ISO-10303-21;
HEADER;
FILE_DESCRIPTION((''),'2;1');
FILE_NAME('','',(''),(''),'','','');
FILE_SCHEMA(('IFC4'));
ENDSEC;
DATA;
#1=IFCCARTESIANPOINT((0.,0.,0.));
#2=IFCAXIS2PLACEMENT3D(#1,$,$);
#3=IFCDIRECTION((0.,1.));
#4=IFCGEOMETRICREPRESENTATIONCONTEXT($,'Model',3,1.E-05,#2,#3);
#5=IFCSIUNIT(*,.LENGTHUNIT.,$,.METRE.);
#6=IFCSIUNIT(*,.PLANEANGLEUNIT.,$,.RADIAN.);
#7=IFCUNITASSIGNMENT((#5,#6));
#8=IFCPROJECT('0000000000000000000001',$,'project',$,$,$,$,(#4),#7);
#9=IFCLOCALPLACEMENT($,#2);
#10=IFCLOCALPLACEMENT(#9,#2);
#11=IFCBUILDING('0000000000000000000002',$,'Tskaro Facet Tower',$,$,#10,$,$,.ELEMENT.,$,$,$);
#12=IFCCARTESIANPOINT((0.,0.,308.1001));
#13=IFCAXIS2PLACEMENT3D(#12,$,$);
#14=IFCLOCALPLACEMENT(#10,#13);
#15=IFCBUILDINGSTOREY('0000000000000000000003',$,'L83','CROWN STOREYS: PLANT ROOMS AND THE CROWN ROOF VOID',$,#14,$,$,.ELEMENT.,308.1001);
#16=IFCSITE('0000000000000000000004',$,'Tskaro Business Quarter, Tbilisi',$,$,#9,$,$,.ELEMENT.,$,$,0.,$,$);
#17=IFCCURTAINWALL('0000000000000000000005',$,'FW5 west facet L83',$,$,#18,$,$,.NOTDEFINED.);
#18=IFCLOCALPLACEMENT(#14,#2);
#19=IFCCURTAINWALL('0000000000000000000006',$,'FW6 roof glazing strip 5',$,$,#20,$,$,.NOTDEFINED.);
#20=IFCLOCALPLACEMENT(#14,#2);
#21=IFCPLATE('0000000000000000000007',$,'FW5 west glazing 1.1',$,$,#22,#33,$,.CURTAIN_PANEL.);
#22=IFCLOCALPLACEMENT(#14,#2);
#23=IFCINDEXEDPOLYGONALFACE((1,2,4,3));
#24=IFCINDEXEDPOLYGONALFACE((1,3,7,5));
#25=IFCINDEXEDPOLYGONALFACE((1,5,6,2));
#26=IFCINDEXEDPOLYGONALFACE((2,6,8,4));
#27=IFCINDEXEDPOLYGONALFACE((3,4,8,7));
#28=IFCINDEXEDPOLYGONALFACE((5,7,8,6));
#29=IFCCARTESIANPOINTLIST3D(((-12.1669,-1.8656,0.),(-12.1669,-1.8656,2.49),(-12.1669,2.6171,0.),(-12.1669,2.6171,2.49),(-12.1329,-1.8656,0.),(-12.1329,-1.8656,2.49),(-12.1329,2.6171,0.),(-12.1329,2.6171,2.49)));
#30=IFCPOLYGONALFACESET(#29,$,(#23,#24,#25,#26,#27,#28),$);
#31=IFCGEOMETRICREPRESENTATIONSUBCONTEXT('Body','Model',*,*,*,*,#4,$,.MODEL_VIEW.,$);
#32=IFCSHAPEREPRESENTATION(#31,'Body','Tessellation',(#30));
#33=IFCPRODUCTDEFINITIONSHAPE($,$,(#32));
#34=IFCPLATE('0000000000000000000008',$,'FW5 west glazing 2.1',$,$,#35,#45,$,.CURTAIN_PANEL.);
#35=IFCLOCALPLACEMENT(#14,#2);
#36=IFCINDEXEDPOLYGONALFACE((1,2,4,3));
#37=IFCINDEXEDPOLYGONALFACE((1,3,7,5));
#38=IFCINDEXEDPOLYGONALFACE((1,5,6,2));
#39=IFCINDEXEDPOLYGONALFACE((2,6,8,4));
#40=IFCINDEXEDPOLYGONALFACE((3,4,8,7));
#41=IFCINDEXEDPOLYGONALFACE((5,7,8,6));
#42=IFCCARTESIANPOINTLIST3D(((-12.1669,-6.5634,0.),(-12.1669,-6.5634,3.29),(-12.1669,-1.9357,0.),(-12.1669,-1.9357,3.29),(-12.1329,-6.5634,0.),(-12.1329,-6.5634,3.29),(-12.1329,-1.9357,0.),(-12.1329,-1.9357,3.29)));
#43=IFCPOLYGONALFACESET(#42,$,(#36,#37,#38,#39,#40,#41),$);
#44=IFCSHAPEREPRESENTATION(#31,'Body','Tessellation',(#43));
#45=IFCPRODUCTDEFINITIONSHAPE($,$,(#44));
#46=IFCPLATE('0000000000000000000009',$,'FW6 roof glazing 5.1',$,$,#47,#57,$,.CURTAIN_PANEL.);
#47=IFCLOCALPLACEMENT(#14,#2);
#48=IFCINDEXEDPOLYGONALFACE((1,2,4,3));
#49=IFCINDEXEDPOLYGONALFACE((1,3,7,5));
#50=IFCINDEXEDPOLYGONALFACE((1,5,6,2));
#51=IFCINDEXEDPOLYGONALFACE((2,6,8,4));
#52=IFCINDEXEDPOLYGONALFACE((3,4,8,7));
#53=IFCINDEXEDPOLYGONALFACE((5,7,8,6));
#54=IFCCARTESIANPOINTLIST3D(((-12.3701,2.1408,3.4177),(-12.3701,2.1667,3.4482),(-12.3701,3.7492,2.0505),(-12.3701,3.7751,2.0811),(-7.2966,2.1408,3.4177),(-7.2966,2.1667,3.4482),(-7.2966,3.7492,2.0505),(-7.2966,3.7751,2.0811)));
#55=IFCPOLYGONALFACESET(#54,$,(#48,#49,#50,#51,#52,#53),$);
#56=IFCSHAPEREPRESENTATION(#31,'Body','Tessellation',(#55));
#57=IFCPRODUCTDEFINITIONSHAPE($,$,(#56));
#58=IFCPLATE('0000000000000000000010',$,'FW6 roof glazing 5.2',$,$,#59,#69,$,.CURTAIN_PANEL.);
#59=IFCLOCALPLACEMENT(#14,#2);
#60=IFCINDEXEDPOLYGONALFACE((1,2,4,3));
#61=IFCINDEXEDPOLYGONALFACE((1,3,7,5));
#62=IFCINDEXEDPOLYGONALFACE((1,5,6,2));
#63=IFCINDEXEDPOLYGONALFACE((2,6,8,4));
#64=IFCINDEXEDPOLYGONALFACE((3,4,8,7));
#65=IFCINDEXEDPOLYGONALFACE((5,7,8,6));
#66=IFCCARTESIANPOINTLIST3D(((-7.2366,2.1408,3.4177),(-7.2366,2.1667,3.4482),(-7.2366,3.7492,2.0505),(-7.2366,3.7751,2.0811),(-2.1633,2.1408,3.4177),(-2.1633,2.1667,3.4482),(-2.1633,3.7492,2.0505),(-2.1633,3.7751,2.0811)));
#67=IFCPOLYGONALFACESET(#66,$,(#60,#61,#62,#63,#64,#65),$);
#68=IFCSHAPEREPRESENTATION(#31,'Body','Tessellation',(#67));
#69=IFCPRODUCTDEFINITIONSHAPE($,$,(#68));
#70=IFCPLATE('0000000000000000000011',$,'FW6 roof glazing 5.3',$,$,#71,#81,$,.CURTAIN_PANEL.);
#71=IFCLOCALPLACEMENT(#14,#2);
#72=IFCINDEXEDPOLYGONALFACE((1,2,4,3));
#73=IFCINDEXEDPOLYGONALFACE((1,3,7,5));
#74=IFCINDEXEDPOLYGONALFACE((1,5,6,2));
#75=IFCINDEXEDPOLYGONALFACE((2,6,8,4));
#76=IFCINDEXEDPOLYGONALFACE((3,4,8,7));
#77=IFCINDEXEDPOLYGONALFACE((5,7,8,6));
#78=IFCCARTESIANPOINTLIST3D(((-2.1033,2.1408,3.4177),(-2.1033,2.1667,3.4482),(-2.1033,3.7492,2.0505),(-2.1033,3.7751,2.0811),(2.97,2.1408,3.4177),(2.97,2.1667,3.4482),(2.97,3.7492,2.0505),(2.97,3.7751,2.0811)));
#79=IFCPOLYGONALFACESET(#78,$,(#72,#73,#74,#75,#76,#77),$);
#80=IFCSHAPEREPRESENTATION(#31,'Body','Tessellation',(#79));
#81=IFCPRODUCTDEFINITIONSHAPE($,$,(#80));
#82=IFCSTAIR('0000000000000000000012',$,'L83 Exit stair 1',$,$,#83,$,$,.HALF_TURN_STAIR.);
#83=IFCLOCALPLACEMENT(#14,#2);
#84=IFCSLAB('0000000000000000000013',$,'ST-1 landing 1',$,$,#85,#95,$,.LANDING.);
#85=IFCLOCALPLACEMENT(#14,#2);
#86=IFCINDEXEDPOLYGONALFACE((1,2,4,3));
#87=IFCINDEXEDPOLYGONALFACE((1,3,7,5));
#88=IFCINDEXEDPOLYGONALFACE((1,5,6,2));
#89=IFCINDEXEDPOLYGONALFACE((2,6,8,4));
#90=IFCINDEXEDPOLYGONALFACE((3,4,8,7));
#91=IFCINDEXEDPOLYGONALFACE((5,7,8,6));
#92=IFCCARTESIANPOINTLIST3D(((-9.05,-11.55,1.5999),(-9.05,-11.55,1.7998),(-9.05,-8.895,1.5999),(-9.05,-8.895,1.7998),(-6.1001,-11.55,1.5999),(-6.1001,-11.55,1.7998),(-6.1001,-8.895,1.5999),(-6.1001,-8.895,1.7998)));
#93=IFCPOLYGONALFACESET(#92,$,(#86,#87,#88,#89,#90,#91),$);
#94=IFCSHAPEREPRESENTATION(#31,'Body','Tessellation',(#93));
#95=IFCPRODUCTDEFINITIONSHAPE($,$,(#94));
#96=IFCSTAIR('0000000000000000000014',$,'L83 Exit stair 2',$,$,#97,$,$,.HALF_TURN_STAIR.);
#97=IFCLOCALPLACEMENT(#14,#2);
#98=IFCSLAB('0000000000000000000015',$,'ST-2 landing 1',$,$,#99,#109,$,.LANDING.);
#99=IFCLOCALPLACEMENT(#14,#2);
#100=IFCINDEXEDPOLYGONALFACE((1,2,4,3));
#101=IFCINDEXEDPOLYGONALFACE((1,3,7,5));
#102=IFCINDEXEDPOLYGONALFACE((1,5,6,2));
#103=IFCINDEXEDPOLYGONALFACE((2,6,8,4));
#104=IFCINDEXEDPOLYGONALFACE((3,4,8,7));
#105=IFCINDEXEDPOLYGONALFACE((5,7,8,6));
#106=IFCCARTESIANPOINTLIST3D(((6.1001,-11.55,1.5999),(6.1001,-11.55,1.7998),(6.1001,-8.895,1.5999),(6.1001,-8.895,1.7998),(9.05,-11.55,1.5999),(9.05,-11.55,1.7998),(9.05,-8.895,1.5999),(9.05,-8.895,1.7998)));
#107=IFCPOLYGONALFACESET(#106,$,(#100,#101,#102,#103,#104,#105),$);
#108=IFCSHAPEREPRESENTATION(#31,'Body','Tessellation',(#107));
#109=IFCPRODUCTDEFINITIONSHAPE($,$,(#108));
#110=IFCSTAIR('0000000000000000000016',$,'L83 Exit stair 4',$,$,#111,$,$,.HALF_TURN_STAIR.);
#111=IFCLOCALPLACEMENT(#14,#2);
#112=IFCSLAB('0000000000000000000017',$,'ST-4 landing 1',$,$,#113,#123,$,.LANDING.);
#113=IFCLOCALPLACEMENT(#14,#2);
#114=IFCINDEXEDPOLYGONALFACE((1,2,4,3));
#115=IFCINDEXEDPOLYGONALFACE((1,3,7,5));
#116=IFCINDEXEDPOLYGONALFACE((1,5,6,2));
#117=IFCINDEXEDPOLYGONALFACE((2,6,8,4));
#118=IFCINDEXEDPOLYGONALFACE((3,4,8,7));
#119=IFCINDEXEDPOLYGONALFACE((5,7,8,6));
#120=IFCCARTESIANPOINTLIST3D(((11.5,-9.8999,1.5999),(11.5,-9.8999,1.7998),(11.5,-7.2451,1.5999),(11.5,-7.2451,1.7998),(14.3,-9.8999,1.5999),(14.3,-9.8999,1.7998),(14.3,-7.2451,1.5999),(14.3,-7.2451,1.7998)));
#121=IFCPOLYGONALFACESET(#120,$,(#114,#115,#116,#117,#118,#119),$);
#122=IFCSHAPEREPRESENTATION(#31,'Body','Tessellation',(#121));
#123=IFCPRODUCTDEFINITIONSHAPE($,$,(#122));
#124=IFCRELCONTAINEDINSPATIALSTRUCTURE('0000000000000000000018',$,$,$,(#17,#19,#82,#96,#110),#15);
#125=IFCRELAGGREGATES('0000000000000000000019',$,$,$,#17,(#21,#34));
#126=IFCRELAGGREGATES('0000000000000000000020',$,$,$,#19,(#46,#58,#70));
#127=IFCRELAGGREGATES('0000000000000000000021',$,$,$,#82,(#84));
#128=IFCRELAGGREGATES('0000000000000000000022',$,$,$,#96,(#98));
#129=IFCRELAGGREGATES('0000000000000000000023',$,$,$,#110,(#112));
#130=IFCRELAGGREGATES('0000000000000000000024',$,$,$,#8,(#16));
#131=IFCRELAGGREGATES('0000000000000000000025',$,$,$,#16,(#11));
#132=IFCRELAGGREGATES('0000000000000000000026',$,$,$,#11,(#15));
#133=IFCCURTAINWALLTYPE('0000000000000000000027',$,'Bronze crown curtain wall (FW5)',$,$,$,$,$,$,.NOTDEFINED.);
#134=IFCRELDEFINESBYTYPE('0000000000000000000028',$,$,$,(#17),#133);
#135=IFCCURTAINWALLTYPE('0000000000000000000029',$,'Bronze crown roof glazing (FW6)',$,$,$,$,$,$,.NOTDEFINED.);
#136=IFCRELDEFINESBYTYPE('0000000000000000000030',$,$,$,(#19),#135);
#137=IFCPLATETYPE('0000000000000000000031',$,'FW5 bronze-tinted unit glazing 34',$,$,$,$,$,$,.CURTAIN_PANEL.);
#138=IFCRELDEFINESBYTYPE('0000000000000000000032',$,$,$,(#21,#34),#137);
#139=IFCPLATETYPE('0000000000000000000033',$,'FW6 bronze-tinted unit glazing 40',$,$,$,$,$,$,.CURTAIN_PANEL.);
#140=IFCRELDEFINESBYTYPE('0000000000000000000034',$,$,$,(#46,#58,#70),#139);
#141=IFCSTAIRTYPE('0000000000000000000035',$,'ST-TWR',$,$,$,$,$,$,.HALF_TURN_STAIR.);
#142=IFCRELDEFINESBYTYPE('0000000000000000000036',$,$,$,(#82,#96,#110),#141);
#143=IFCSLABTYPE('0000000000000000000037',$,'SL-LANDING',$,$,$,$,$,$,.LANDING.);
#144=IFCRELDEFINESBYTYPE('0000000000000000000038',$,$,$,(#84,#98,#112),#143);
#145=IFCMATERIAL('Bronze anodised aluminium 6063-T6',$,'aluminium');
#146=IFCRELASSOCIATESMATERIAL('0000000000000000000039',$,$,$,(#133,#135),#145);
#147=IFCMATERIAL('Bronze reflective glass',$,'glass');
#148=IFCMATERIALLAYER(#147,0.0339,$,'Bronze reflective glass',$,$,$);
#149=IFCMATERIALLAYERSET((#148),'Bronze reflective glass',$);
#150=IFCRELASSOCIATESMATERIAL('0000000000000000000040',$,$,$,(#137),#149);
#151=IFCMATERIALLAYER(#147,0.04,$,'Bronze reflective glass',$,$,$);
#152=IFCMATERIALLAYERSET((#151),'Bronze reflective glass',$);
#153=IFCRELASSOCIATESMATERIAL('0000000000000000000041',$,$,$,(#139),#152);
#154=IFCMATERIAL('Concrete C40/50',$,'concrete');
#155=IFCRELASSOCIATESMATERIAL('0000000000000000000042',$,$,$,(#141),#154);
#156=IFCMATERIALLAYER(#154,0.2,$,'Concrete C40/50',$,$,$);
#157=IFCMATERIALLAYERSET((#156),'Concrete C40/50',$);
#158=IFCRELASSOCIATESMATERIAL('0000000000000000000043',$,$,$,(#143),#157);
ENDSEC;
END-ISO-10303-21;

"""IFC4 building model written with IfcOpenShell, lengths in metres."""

from ifc_helpers import new_model, si_unit, direction, frame, origin, origin_2d, place, context, subcontext, project, spatial, polyline, rectangle, outline, extrude, material, layer, layer_set, type_object, element, aggregate, save


model = new_model("IFC4")

# Units and contexts
model_context = context("Model", 3, precision=1e-05, world=origin(), true_north=direction((0.0, 1.0)))
body_context = subcontext(model_context, "Body", "Model", "MODEL_VIEW")
ifc_project = project(units=[si_unit("LENGTHUNIT", "METRE"), si_unit("PLANEANGLEUNIT", "RADIAN")], contexts=[model_context])

# Site, building, storey
site_placement = place(None, origin())
site = spatial("IfcSite", under=ifc_project, at=site_placement, Name="Tskaro Business Quarter, Tbilisi", CompositionType="ELEMENT", RefElevation=0.0)
building_placement = place(site_placement, origin())
building = spatial("IfcBuilding", under=site, at=building_placement, Name="Tskaro Facet Tower", CompositionType="ELEMENT")
storey_placement = place(building_placement, frame((0.0, 0.0, 308.1001)))
storey = spatial("IfcBuildingStorey", under=building, at=storey_placement, Name="L83", Description="CROWN STOREYS: PLANT ROOMS AND THE CROWN ROOF VOID", CompositionType="ELEMENT", Elevation=308.1001)

# Curtain walls
ifc_material_1 = material(Name="Bronze anodised aluminium 6063-T6", Category="aluminium")
curtain_wall_type_1 = type_object("IfcCurtainWallType", Name="Bronze crown curtain wall (FW5)", PredefinedType="NOTDEFINED", material=ifc_material_1)
curtain_wall_1_placement = place(storey_placement, origin())
curtain_wall_1 = element("IfcCurtainWall", 1, at=curtain_wall_1_placement, inside=storey, type_object=curtain_wall_type_1, Name="FW5 west facet L83", PredefinedType="NOTDEFINED")
curtain_wall_type_2 = type_object("IfcCurtainWallType", Name="Bronze crown roof glazing (FW6)", PredefinedType="NOTDEFINED", material=ifc_material_1)
curtain_wall_2_placement = place(storey_placement, origin())
curtain_wall_2 = element("IfcCurtainWall", 2, at=curtain_wall_2_placement, inside=storey, type_object=curtain_wall_type_2, Name="FW6 roof glazing strip 5", PredefinedType="NOTDEFINED")

# Plates
ifc_material_2 = material(Name="Bronze reflective glass", Category="glass")
ifc_layer_1 = layer(ifc_material_2, 0.0339, Name="Bronze reflective glass")
ifc_layer_set_1 = layer_set([ifc_layer_1], Name="Bronze reflective glass")
plate_type_1 = type_object("IfcPlateType", Name="FW5 bronze-tinted unit glazing 34", PredefinedType="CURTAIN_PANEL", material=ifc_layer_set_1)
plate_1_placement = place(storey_placement, frame((-12.1499, 0.3757, 0.0), z_axis=(0.0, 0.0, 1.0), x_axis=(0.0, -1.0, 0.0)))
plate_1 = element("IfcPlate", 3, at=plate_1_placement, type_object=plate_type_1, Name="FW5 west glazing 1.1", PredefinedType="CURTAIN_PANEL", context=body_context, shape_type="SweptSolid", body=[
    extrude(rectangle(XDim=4.4827, YDim=0.0339, at=origin_2d()), origin(), (0.0, 0.0, 1.0), 2.49),
])
plate_2_placement = place(storey_placement, frame((-12.1499, -4.2495, 0.0), z_axis=(0.0, 0.0, 1.0), x_axis=(0.0, -1.0, 0.0)))
plate_2 = element("IfcPlate", 4, at=plate_2_placement, type_object=plate_type_1, Name="FW5 west glazing 2.1", PredefinedType="CURTAIN_PANEL", context=body_context, shape_type="SweptSolid", body=[
    extrude(rectangle(XDim=4.6277, YDim=0.0339, at=origin_2d()), origin(), (0.0, 0.0, 1.0), 3.29),
])
aggregate(curtain_wall_1, [plate_1, plate_2])
ifc_layer_2 = layer(ifc_material_2, 0.04, Name="Bronze reflective glass")
ifc_layer_set_2 = layer_set([ifc_layer_2], Name="Bronze reflective glass")
plate_type_2 = type_object("IfcPlateType", Name="FW6 bronze-tinted unit glazing 40", PredefinedType="CURTAIN_PANEL", material=ifc_layer_set_2)
plate_3_placement = place(storey_placement, frame((-12.3701, 2.1667, 3.4482), z_axis=(0.0, 0.647662, 0.761928), x_axis=(1.0, 0.0, 0.0)))
plate_3 = element("IfcPlate", 5, at=plate_3_placement, type_object=plate_type_2, Name="FW6 roof glazing 5.1", PredefinedType="CURTAIN_PANEL", context=body_context, shape_type="SweptSolid", body=[
    extrude(outline(polyline([(0.0, 0.0), (5.0735, 0.0), (5.0735, 2.111), (0.0, 2.111), (0.0, 0.0)])), origin(), (0.0, 0.0, -1.0), 0.04),
])
plate_4_placement = place(storey_placement, frame((-7.2366, 2.1667, 3.4482), z_axis=(0.0, 0.647662, 0.761928), x_axis=(1.0, 0.0, 0.0)))
plate_4 = element("IfcPlate", 6, at=plate_4_placement, type_object=plate_type_2, Name="FW6 roof glazing 5.2", PredefinedType="CURTAIN_PANEL", context=body_context, shape_type="SweptSolid", body=[
    extrude(outline(polyline([(0.0, 0.0), (5.0732, 0.0), (5.0732, 2.111), (0.0, 2.111), (0.0, 0.0)])), origin(), (0.0, 0.0, -1.0), 0.04),
])
plate_5_placement = place(storey_placement, frame((-2.1033, 2.1667, 3.4482), z_axis=(0.0, 0.647662, 0.761928), x_axis=(1.0, 0.0, 0.0)))
plate_5 = element("IfcPlate", 7, at=plate_5_placement, type_object=plate_type_2, Name="FW6 roof glazing 5.3", PredefinedType="CURTAIN_PANEL", context=body_context, shape_type="SweptSolid", body=[
    extrude(outline(polyline([(0.0, 0.0), (5.0732, 0.0), (5.0732, 2.111), (0.0, 2.111), (0.0, 0.0)])), origin(), (0.0, 0.0, -1.0), 0.04),
])
aggregate(curtain_wall_2, [plate_3, plate_4, plate_5])

# Stairs, slabs
ifc_material_3 = material(Name="Concrete C40/50", Category="concrete")
stair_type = type_object("IfcStairType", Name="ST-TWR", PredefinedType="HALF_TURN_STAIR", material=ifc_material_3)
stair_1_placement = place(storey_placement, origin())
stair_1 = element("IfcStair", 8, at=stair_1_placement, inside=storey, type_object=stair_type, Name="L83 Exit stair 1", PredefinedType="HALF_TURN_STAIR")
ifc_layer_3 = layer(ifc_material_3, 0.2, Name="Concrete C40/50")
ifc_layer_set_3 = layer_set([ifc_layer_3], Name="Concrete C40/50")
slab_type_1 = type_object("IfcSlabType", Name="SL-LANDING", PredefinedType="LANDING", material=ifc_layer_set_3)
slab_1_placement = place(storey_placement, frame((0.0, 0.0, 1.5999)))
slab_1 = element("IfcSlab", 9, at=slab_1_placement, type_object=slab_type_1, Name="ST-1 landing 1", PredefinedType="LANDING", context=body_context, shape_type="SweptSolid", body=[
    extrude(outline(polyline([(-9.05, -11.55), (-6.1001, -11.55), (-6.1001, -8.895), (-9.05, -8.895), (-9.05, -11.55)])), origin(), (0.0, 0.0, 1.0), 0.2),
])
aggregate(stair_1, [slab_1])
stair_2_placement = place(storey_placement, origin())
stair_2 = element("IfcStair", 10, at=stair_2_placement, inside=storey, type_object=stair_type, Name="L83 Exit stair 2", PredefinedType="HALF_TURN_STAIR")
slab_2_placement = place(storey_placement, frame((0.0, 0.0, 1.5999)))
slab_2 = element("IfcSlab", 11, at=slab_2_placement, type_object=slab_type_1, Name="ST-2 landing 1", PredefinedType="LANDING", context=body_context, shape_type="SweptSolid", body=[
    extrude(outline(polyline([(6.1001, -11.55), (9.05, -11.55), (9.05, -8.895), (6.1001, -8.895), (6.1001, -11.55)])), origin(), (0.0, 0.0, 1.0), 0.2),
])
aggregate(stair_2, [slab_2])
stair_3_placement = place(storey_placement, origin())
stair_3 = element("IfcStair", 12, at=stair_3_placement, inside=storey, type_object=stair_type, Name="L83 Exit stair 4", PredefinedType="HALF_TURN_STAIR")
slab_3_placement = place(storey_placement, frame((0.0, 0.0, 1.5999)))
slab_3 = element("IfcSlab", 13, at=slab_3_placement, type_object=slab_type_1, Name="ST-4 landing 1", PredefinedType="LANDING", context=body_context, shape_type="SweptSolid", body=[
    extrude(outline(polyline([(11.5, -9.8999), (14.3, -9.8999), (14.3, -7.2451), (11.5, -7.2451), (11.5, -9.8999)])), origin(), (0.0, 0.0, 1.0), 0.2),
])
aggregate(stair_3, [slab_3])

save(model, "model.ifc")
